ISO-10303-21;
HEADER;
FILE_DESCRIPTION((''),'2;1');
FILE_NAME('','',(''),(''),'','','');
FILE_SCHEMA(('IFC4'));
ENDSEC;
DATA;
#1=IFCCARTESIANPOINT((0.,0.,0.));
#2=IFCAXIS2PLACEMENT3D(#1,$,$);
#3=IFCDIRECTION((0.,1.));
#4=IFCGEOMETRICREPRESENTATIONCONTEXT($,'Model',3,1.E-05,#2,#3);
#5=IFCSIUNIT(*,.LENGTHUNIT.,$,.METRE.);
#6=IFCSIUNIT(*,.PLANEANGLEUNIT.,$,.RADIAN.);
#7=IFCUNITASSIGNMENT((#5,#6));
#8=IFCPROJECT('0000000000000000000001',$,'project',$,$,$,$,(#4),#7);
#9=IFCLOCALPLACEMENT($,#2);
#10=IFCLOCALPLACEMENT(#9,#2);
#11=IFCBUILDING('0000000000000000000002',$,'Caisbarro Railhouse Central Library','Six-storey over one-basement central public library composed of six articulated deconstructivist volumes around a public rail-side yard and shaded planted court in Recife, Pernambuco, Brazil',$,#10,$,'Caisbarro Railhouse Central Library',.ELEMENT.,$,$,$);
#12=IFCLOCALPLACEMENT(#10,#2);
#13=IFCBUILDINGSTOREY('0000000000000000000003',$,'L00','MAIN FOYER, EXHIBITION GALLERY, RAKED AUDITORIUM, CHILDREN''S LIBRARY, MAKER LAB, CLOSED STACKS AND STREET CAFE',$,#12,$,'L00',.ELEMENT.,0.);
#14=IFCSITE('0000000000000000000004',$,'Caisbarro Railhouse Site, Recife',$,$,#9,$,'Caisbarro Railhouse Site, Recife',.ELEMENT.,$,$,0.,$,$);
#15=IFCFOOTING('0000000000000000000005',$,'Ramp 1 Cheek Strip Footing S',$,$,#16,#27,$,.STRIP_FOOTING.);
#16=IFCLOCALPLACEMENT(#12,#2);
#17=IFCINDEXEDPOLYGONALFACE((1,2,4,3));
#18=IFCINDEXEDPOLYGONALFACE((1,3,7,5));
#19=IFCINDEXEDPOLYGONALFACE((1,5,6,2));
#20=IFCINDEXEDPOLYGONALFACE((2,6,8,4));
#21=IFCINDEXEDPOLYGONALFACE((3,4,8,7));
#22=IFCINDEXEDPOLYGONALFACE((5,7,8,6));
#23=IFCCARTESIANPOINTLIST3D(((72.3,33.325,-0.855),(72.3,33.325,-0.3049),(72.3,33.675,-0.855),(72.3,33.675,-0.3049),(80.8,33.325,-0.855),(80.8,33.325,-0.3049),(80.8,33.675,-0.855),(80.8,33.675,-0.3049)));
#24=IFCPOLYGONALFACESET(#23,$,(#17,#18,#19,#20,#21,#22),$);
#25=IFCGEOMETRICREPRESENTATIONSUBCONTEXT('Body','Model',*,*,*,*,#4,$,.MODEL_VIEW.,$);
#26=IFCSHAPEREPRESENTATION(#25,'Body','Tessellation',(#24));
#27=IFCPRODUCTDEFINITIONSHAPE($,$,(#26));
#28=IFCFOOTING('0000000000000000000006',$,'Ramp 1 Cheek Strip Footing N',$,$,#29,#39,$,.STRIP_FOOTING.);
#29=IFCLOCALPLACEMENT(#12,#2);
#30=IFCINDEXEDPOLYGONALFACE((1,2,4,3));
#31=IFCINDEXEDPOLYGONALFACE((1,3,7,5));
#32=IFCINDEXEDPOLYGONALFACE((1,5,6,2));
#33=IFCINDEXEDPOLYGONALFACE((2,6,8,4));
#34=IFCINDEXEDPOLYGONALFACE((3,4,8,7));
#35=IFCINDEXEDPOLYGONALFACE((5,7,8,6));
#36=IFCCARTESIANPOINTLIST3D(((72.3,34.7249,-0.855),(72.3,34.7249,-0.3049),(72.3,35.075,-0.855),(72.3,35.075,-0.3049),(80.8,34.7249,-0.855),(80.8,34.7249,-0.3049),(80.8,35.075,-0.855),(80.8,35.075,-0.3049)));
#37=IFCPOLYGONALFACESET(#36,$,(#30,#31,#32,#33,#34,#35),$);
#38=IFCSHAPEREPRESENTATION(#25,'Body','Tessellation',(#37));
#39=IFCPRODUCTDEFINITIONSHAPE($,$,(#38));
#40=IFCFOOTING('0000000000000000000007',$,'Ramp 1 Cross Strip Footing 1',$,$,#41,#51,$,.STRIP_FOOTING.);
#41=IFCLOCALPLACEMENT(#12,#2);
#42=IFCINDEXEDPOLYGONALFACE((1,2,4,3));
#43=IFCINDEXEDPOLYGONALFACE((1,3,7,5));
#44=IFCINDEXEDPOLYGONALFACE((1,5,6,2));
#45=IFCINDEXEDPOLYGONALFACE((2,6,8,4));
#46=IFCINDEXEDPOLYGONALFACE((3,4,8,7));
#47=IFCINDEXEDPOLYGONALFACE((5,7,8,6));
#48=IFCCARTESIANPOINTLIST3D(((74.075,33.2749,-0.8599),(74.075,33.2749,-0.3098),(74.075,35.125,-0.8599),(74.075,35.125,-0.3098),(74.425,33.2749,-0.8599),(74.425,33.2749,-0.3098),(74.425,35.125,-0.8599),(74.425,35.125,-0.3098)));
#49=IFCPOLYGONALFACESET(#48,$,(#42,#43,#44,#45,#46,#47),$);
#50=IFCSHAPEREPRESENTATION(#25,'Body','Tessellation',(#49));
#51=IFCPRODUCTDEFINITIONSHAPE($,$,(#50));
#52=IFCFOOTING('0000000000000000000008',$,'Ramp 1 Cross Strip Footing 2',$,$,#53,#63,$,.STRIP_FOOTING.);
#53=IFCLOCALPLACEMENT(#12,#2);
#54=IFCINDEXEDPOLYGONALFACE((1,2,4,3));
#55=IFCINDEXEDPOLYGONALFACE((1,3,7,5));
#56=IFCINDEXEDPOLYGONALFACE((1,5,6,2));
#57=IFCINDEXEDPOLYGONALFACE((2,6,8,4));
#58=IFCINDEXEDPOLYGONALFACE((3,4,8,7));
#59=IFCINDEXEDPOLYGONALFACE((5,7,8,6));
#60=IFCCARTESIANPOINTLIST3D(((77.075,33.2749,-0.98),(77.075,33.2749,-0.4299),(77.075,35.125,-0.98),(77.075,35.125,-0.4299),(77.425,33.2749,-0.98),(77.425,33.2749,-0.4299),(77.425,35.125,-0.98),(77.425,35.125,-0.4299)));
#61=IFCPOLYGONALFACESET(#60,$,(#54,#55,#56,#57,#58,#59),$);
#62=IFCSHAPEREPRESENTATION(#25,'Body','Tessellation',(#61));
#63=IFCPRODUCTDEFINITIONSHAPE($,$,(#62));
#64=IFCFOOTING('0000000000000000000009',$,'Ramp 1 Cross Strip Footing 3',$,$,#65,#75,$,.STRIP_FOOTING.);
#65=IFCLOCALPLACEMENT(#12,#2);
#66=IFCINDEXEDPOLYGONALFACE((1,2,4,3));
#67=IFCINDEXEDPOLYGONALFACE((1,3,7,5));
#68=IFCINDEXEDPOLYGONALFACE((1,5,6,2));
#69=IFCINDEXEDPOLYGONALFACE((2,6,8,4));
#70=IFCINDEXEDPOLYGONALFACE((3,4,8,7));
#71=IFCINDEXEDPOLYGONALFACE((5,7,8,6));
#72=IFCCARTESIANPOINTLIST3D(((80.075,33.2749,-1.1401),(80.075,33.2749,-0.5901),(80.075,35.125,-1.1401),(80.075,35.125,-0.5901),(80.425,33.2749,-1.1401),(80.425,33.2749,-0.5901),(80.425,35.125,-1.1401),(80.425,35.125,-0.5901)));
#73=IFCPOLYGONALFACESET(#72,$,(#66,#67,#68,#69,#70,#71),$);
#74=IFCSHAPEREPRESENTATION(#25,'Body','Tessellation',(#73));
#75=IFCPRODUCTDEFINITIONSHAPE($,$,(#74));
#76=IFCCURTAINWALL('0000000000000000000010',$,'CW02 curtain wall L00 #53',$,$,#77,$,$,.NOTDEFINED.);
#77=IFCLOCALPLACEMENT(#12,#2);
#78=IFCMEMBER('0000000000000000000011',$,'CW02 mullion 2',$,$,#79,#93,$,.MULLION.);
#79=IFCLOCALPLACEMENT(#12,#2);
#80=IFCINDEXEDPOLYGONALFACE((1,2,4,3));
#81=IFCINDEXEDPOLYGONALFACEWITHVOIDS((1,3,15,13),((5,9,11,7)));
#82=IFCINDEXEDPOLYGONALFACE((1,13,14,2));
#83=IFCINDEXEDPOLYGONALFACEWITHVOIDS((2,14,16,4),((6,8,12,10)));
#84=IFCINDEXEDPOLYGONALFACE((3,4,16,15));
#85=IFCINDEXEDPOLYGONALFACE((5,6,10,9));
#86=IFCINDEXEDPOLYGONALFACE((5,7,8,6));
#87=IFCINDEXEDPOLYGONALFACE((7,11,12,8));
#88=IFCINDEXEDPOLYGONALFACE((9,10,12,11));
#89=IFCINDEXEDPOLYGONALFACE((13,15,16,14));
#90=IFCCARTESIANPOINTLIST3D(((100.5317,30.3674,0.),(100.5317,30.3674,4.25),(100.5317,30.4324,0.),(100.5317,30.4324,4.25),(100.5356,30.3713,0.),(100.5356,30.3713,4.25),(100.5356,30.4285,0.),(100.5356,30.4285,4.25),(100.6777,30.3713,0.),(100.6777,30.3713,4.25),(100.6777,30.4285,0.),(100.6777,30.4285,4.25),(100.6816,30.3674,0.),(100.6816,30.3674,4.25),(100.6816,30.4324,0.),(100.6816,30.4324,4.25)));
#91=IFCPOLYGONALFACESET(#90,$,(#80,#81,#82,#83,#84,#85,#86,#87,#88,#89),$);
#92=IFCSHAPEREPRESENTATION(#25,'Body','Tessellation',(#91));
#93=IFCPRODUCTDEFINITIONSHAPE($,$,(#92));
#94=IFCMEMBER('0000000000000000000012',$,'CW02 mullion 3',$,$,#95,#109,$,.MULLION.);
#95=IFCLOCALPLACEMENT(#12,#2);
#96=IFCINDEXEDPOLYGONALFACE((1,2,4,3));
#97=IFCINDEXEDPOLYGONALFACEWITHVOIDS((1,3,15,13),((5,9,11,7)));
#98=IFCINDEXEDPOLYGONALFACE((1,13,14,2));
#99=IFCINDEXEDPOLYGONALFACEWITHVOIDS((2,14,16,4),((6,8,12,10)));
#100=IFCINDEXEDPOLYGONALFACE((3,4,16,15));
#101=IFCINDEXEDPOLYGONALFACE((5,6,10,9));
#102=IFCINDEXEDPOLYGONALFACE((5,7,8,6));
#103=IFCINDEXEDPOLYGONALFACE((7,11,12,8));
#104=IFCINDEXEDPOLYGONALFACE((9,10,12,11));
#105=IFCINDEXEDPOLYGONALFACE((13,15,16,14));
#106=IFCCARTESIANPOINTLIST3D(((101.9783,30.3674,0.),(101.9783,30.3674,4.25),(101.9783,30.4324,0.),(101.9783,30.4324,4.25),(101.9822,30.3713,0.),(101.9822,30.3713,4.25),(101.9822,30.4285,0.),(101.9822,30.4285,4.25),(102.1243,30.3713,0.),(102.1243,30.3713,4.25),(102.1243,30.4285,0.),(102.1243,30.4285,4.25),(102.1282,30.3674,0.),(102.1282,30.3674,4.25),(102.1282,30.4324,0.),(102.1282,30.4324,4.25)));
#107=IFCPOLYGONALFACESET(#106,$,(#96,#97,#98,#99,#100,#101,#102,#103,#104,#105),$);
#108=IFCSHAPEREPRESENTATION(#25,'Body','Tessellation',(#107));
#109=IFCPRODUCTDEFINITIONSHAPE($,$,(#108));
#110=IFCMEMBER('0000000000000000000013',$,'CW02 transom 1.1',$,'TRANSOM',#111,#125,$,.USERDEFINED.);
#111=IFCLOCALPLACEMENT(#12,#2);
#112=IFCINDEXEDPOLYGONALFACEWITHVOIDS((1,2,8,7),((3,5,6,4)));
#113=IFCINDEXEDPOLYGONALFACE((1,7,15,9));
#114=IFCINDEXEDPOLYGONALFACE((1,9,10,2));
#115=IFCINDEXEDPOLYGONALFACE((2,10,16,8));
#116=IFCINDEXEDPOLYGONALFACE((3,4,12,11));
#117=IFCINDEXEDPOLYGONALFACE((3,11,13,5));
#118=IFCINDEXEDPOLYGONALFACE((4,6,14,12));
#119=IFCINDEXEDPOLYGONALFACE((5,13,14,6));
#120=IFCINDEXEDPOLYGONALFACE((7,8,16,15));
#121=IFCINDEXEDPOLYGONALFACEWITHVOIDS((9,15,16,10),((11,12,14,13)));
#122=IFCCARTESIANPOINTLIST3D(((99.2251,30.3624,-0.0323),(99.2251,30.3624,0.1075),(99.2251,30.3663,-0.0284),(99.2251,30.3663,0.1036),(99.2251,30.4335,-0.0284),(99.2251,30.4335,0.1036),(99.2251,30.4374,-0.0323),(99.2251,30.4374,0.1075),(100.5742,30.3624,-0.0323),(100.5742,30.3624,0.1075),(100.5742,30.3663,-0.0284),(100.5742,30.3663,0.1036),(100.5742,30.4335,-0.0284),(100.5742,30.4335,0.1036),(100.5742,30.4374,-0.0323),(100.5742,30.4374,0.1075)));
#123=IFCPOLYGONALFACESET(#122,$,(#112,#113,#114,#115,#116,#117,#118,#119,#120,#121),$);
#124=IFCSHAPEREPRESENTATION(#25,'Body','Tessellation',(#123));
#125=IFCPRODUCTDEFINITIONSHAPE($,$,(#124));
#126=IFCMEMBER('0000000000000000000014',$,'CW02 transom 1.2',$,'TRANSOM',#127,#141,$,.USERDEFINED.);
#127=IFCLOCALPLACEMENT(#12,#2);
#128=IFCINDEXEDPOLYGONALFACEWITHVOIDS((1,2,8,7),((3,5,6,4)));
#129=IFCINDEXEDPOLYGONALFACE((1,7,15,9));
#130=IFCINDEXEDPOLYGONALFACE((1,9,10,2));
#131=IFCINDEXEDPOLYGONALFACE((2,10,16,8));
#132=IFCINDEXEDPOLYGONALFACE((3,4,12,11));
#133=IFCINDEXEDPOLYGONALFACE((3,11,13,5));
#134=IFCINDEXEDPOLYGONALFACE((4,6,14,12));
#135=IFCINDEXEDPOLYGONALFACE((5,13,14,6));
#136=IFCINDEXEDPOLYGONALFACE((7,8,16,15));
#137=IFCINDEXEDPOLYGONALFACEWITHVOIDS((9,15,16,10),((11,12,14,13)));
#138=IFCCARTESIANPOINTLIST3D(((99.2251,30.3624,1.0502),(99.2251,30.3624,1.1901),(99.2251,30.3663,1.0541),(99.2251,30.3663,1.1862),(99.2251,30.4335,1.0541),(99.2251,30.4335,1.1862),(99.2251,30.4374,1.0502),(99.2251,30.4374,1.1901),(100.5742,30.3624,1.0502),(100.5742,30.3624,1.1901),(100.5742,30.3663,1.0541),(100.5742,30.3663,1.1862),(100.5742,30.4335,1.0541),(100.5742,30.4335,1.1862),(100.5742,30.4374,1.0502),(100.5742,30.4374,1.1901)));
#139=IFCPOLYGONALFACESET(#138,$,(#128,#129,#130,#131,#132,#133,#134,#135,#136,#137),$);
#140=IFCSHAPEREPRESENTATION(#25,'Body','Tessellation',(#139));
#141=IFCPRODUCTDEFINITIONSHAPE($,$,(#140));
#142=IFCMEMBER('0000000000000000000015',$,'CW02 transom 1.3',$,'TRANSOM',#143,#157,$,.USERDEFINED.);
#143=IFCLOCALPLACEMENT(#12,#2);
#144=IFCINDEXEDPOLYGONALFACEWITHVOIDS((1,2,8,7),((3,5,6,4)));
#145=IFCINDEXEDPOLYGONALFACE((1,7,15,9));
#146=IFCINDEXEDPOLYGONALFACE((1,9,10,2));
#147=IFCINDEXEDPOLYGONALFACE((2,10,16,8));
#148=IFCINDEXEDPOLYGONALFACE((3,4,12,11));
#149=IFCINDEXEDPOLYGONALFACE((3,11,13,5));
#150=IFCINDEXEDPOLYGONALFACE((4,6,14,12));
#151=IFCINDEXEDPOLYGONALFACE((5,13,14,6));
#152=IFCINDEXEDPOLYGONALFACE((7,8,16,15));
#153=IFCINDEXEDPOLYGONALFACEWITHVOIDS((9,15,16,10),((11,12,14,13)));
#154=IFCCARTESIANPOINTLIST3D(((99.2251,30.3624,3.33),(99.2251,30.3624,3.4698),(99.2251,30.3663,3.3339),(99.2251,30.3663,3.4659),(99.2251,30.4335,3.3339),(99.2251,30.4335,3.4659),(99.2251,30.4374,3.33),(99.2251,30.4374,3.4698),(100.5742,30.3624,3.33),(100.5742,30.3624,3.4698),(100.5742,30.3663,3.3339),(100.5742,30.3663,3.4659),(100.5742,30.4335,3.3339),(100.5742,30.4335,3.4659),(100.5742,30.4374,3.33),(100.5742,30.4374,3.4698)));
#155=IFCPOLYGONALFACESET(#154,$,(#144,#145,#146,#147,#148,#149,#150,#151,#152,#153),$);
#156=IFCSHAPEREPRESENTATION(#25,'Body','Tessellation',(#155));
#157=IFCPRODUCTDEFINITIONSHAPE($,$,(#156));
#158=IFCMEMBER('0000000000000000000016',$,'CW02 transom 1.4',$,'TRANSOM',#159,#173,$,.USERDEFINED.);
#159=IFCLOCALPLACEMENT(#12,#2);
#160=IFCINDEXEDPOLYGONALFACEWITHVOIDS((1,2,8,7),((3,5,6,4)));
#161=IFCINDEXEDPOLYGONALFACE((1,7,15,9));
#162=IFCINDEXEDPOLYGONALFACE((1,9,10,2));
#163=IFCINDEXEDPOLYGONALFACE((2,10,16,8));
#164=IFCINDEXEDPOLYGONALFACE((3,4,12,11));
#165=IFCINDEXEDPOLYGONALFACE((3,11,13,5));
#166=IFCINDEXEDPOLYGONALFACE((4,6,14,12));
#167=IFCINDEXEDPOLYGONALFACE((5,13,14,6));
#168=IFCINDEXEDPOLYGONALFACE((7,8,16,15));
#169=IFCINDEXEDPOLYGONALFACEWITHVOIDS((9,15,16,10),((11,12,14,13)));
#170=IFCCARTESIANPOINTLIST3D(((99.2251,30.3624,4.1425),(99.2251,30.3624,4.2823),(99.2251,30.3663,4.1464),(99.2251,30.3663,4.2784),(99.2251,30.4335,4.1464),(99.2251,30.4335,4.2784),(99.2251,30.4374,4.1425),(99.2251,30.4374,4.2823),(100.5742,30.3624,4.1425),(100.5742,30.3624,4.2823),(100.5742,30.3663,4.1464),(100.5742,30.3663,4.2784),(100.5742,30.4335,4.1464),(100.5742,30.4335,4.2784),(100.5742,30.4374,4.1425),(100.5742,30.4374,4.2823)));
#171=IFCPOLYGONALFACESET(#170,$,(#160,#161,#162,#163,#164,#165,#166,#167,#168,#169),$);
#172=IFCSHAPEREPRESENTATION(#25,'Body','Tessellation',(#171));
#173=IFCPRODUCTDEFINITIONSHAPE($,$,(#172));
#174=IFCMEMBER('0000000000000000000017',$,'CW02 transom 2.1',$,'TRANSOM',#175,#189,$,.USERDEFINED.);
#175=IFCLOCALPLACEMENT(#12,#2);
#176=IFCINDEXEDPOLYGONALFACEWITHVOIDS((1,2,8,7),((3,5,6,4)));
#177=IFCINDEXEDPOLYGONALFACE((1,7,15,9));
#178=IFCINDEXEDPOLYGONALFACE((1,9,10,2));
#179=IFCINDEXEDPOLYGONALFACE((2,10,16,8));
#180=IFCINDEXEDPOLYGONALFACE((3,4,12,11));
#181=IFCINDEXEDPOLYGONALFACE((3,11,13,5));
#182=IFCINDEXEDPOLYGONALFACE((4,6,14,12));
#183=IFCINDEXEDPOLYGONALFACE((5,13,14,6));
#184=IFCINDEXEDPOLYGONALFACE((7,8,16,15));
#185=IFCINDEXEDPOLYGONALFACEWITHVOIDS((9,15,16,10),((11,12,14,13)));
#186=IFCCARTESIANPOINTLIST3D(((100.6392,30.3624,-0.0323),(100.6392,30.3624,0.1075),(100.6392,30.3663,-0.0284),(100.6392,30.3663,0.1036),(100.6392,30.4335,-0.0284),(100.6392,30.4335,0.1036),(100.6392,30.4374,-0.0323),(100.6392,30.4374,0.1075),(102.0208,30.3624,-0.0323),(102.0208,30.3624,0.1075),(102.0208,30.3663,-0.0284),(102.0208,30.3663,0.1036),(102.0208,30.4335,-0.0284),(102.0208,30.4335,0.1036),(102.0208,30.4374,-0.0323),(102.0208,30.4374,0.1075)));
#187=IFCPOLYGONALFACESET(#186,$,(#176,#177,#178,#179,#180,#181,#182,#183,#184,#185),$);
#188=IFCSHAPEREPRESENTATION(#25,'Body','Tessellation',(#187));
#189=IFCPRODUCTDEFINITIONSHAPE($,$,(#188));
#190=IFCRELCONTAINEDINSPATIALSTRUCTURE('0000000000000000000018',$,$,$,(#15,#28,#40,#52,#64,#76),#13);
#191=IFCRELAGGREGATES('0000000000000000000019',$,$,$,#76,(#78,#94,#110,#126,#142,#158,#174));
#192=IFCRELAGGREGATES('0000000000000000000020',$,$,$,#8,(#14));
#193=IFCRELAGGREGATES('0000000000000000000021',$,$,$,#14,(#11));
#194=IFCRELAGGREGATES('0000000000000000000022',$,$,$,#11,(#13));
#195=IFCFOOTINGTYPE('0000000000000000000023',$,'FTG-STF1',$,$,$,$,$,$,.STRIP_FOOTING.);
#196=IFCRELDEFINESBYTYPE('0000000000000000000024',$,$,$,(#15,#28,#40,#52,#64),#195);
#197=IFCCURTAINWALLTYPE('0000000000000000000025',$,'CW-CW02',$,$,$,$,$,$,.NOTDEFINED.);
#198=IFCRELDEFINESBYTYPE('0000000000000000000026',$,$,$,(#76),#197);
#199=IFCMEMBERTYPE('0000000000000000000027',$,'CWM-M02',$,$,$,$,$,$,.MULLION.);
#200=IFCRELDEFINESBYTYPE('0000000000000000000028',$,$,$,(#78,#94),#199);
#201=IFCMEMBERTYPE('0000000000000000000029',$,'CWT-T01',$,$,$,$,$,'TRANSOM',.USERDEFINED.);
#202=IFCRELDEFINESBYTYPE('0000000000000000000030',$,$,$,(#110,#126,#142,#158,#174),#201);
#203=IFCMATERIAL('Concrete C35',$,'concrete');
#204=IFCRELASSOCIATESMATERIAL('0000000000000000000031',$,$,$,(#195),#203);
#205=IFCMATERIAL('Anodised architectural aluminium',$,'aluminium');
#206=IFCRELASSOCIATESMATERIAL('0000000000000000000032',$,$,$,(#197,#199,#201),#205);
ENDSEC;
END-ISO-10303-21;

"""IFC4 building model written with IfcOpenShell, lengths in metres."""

from ifc_helpers import new_model, si_unit, direction, frame, origin, origin_2d, place, context, subcontext, project, spatial, rectangle, hollow_rectangle, extrude, material, material_profile, profile_set, type_object, element, aggregate, save


model = new_model("IFC4")

# Units and contexts
model_context = context("Model", 3, precision=1e-05, world=origin(), true_north=direction((0.0, 1.0)))
body_context = subcontext(model_context, "Body", "Model", "MODEL_VIEW")
ifc_project = project(units=[si_unit("LENGTHUNIT", "METRE"), si_unit("PLANEANGLEUNIT", "RADIAN")], contexts=[model_context])

# Site, building, storey
site_placement = place(None, origin())
site = spatial("IfcSite", under=ifc_project, at=site_placement, Name="Caisbarro Railhouse Site, Recife", LongName="Caisbarro Railhouse Site, Recife", CompositionType="ELEMENT", RefElevation=0.0)
building_placement = place(site_placement, origin())
building = spatial("IfcBuilding", under=site, at=building_placement, Name="Caisbarro Railhouse Central Library", Description="Six-storey over one-basement central public library composed of six articulated deconstructivist volumes around a public rail-side yard and shaded planted court in Recife, Pernambuco, Brazil", LongName="Caisbarro Railhouse Central Library", CompositionType="ELEMENT")
storey_placement = place(building_placement, origin())
storey = spatial("IfcBuildingStorey", under=building, at=storey_placement, Name="L00", Description="MAIN FOYER, EXHIBITION GALLERY, RAKED AUDITORIUM, CHILDREN'S LIBRARY, MAKER LAB, CLOSED STACKS AND STREET CAFE", LongName="L00", CompositionType="ELEMENT", Elevation=0.0)

# Footings
ifc_material_1 = material(Name="Concrete C35", Category="concrete")
footing_type = type_object("IfcFootingType", Name="FTG-STF1", PredefinedType="STRIP_FOOTING", material=ifc_material_1)
for number, where, z_axis, x_axis, name in (
    (1, (76.55, 33.5, -0.855), (0.0, 0.0, 1.0), (1.0, 0.0, 0.0), "Ramp 1 Cheek Strip Footing S"),
    (2, (76.55, 34.8999, -0.855), (0.0, 0.0, 1.0), (1.0, 0.0, 0.0), "Ramp 1 Cheek Strip Footing N"),
):
    element("IfcFooting", number, at=place(storey_placement, frame(where, z_axis=z_axis, x_axis=x_axis)), inside=storey, type_object=footing_type, Name=name, PredefinedType="STRIP_FOOTING", context=body_context, shape_type="SweptSolid", body=[
        extrude(rectangle(XDim=8.5, YDim=0.3501, at=origin_2d()), origin(), (0.0, 0.0, 1.0), 0.55),
    ])
for number, where, z_axis, x_axis, name in (
    (3, (74.25, 34.2, -0.8599), (0.0, 0.0, 1.0), (1.0, 0.0, 0.0), "Ramp 1 Cross Strip Footing 1"),
    (4, (77.25, 34.2, -0.98), (0.0, 0.0, 1.0), (1.0, 0.0, 0.0), "Ramp 1 Cross Strip Footing 2"),
    (5, (80.25, 34.2, -1.1401), (0.0, 0.0, 1.0), (1.0, 0.0, 0.0), "Ramp 1 Cross Strip Footing 3"),
):
    element("IfcFooting", number, at=place(storey_placement, frame(where, z_axis=z_axis, x_axis=x_axis)), inside=storey, type_object=footing_type, Name=name, PredefinedType="STRIP_FOOTING", context=body_context, shape_type="SweptSolid", body=[
        extrude(rectangle(XDim=0.3501, YDim=1.8501, at=origin_2d()), origin(), (0.0, 0.0, 1.0), 0.55),
    ])

# Curtain wall, members
ifc_material_2 = material(Name="Anodised architectural aluminium", Category="aluminium")
curtain_wall_type = type_object("IfcCurtainWallType", Name="CW-CW02", PredefinedType="NOTDEFINED", material=ifc_material_2)
curtain_wall_placement = place(storey_placement, origin())
curtain_wall = element("IfcCurtainWall", 6, at=curtain_wall_placement, inside=storey, type_object=curtain_wall_type, Name="CW02 curtain wall L00 #53", PredefinedType="NOTDEFINED")
ifc_material_profile_1 = material_profile(ifc_material_2, hollow_rectangle(XDim=0.0649, YDim=0.1499, WallThickness=0.0039, at=origin_2d()), Name="ALU-MUL-65X150")
ifc_profile_set_1 = profile_set([ifc_material_profile_1], Name="Anodised architectural aluminium")
member_type_1 = type_object("IfcMemberType", Name="CWM-M02", PredefinedType="MULLION", material=ifc_profile_set_1)
member_1_placement = place(storey_placement, frame((100.6067, 30.3999, 0.0), z_axis=(0.0, 0.0, 1.0), x_axis=(0.0, 1.0, 0.0)))
member_1 = element("IfcMember", 7, at=member_1_placement, type_object=member_type_1, Name="CW02 mullion 2", PredefinedType="MULLION", context=body_context, shape_type="SweptSolid", body=[
    extrude(hollow_rectangle(XDim=0.0649, YDim=0.1499, WallThickness=0.0039, at=origin_2d()), origin(), (0.0, 0.0, 1.0), 4.25),
])
member_2_placement = place(storey_placement, frame((102.0532, 30.3999, 0.0), z_axis=(0.0, 0.0, 1.0), x_axis=(0.0, 1.0, 0.0)))
member_2 = element("IfcMember", 8, at=member_2_placement, type_object=member_type_1, Name="CW02 mullion 3", PredefinedType="MULLION", context=body_context, shape_type="SweptSolid", body=[
    extrude(hollow_rectangle(XDim=0.0649, YDim=0.1499, WallThickness=0.0039, at=origin_2d()), origin(), (0.0, 0.0, 1.0), 4.25),
])
ifc_material_profile_2 = material_profile(ifc_material_2, hollow_rectangle(XDim=0.075, YDim=0.1399, WallThickness=0.0039, at=origin_2d()), Name="ALU-TRN-75X140")
ifc_profile_set_2 = profile_set([ifc_material_profile_2], Name="Anodised architectural aluminium")
member_type_2 = type_object("IfcMemberType", Name="CWT-T01", ElementType="TRANSOM", PredefinedType="USERDEFINED", material=ifc_profile_set_2)
member_3_placement = place(storey_placement, frame((99.2251, 30.3999, 0.0376), z_axis=(1.0, 0.0, 0.0), x_axis=(0.0, 1.0, 0.0)))
member_3 = element("IfcMember", 9, at=member_3_placement, type_object=member_type_2, Name="CW02 transom 1.1", ObjectType="TRANSOM", PredefinedType="USERDEFINED", context=body_context, shape_type="SweptSolid", body=[
    extrude(hollow_rectangle(XDim=0.075, YDim=0.1399, WallThickness=0.0039, at=origin_2d()), origin(), (0.0, 0.0, 1.0), 1.3491),
])
member_4_placement = place(storey_placement, frame((99.2251, 30.3999, 1.1201), z_axis=(1.0, 0.0, 0.0), x_axis=(0.0, 1.0, 0.0)))
member_4 = element("IfcMember", 10, at=member_4_placement, type_object=member_type_2, Name="CW02 transom 1.2", ObjectType="TRANSOM", PredefinedType="USERDEFINED", context=body_context, shape_type="SweptSolid", body=[
    extrude(hollow_rectangle(XDim=0.075, YDim=0.1399, WallThickness=0.0039, at=origin_2d()), origin(), (0.0, 0.0, 1.0), 1.3491),
])
member_5_placement = place(storey_placement, frame((99.2251, 30.3999, 3.3999), z_axis=(1.0, 0.0, 0.0), x_axis=(0.0, 1.0, 0.0)))
member_5 = element("IfcMember", 11, at=member_5_placement, type_object=member_type_2, Name="CW02 transom 1.3", ObjectType="TRANSOM", PredefinedType="USERDEFINED", context=body_context, shape_type="SweptSolid", body=[
    extrude(hollow_rectangle(XDim=0.075, YDim=0.1399, WallThickness=0.0039, at=origin_2d()), origin(), (0.0, 0.0, 1.0), 1.3491),
])
member_6_placement = place(storey_placement, frame((99.2251, 30.3999, 4.2124), z_axis=(1.0, 0.0, 0.0), x_axis=(0.0, 1.0, 0.0)))
member_6 = element("IfcMember", 12, at=member_6_placement, type_object=member_type_2, Name="CW02 transom 1.4", ObjectType="TRANSOM", PredefinedType="USERDEFINED", context=body_context, shape_type="SweptSolid", body=[
    extrude(hollow_rectangle(XDim=0.075, YDim=0.1399, WallThickness=0.0039, at=origin_2d()), origin(), (0.0, 0.0, 1.0), 1.3491),
])
member_7_placement = place(storey_placement, frame((100.6392, 30.3999, 0.0376), z_axis=(1.0, 0.0, 0.0), x_axis=(0.0, 1.0, 0.0)))
member_7 = element("IfcMember", 13, at=member_7_placement, type_object=member_type_2, Name="CW02 transom 2.1", ObjectType="TRANSOM", PredefinedType="USERDEFINED", context=body_context, shape_type="SweptSolid", body=[
    extrude(hollow_rectangle(XDim=0.075, YDim=0.1399, WallThickness=0.0039, at=origin_2d()), origin(), (0.0, 0.0, 1.0), 1.3816),
])
aggregate(curtain_wall, [member_1, member_2, member_3, member_4, member_5, member_6, member_7])

save(model, "model.ifc")
